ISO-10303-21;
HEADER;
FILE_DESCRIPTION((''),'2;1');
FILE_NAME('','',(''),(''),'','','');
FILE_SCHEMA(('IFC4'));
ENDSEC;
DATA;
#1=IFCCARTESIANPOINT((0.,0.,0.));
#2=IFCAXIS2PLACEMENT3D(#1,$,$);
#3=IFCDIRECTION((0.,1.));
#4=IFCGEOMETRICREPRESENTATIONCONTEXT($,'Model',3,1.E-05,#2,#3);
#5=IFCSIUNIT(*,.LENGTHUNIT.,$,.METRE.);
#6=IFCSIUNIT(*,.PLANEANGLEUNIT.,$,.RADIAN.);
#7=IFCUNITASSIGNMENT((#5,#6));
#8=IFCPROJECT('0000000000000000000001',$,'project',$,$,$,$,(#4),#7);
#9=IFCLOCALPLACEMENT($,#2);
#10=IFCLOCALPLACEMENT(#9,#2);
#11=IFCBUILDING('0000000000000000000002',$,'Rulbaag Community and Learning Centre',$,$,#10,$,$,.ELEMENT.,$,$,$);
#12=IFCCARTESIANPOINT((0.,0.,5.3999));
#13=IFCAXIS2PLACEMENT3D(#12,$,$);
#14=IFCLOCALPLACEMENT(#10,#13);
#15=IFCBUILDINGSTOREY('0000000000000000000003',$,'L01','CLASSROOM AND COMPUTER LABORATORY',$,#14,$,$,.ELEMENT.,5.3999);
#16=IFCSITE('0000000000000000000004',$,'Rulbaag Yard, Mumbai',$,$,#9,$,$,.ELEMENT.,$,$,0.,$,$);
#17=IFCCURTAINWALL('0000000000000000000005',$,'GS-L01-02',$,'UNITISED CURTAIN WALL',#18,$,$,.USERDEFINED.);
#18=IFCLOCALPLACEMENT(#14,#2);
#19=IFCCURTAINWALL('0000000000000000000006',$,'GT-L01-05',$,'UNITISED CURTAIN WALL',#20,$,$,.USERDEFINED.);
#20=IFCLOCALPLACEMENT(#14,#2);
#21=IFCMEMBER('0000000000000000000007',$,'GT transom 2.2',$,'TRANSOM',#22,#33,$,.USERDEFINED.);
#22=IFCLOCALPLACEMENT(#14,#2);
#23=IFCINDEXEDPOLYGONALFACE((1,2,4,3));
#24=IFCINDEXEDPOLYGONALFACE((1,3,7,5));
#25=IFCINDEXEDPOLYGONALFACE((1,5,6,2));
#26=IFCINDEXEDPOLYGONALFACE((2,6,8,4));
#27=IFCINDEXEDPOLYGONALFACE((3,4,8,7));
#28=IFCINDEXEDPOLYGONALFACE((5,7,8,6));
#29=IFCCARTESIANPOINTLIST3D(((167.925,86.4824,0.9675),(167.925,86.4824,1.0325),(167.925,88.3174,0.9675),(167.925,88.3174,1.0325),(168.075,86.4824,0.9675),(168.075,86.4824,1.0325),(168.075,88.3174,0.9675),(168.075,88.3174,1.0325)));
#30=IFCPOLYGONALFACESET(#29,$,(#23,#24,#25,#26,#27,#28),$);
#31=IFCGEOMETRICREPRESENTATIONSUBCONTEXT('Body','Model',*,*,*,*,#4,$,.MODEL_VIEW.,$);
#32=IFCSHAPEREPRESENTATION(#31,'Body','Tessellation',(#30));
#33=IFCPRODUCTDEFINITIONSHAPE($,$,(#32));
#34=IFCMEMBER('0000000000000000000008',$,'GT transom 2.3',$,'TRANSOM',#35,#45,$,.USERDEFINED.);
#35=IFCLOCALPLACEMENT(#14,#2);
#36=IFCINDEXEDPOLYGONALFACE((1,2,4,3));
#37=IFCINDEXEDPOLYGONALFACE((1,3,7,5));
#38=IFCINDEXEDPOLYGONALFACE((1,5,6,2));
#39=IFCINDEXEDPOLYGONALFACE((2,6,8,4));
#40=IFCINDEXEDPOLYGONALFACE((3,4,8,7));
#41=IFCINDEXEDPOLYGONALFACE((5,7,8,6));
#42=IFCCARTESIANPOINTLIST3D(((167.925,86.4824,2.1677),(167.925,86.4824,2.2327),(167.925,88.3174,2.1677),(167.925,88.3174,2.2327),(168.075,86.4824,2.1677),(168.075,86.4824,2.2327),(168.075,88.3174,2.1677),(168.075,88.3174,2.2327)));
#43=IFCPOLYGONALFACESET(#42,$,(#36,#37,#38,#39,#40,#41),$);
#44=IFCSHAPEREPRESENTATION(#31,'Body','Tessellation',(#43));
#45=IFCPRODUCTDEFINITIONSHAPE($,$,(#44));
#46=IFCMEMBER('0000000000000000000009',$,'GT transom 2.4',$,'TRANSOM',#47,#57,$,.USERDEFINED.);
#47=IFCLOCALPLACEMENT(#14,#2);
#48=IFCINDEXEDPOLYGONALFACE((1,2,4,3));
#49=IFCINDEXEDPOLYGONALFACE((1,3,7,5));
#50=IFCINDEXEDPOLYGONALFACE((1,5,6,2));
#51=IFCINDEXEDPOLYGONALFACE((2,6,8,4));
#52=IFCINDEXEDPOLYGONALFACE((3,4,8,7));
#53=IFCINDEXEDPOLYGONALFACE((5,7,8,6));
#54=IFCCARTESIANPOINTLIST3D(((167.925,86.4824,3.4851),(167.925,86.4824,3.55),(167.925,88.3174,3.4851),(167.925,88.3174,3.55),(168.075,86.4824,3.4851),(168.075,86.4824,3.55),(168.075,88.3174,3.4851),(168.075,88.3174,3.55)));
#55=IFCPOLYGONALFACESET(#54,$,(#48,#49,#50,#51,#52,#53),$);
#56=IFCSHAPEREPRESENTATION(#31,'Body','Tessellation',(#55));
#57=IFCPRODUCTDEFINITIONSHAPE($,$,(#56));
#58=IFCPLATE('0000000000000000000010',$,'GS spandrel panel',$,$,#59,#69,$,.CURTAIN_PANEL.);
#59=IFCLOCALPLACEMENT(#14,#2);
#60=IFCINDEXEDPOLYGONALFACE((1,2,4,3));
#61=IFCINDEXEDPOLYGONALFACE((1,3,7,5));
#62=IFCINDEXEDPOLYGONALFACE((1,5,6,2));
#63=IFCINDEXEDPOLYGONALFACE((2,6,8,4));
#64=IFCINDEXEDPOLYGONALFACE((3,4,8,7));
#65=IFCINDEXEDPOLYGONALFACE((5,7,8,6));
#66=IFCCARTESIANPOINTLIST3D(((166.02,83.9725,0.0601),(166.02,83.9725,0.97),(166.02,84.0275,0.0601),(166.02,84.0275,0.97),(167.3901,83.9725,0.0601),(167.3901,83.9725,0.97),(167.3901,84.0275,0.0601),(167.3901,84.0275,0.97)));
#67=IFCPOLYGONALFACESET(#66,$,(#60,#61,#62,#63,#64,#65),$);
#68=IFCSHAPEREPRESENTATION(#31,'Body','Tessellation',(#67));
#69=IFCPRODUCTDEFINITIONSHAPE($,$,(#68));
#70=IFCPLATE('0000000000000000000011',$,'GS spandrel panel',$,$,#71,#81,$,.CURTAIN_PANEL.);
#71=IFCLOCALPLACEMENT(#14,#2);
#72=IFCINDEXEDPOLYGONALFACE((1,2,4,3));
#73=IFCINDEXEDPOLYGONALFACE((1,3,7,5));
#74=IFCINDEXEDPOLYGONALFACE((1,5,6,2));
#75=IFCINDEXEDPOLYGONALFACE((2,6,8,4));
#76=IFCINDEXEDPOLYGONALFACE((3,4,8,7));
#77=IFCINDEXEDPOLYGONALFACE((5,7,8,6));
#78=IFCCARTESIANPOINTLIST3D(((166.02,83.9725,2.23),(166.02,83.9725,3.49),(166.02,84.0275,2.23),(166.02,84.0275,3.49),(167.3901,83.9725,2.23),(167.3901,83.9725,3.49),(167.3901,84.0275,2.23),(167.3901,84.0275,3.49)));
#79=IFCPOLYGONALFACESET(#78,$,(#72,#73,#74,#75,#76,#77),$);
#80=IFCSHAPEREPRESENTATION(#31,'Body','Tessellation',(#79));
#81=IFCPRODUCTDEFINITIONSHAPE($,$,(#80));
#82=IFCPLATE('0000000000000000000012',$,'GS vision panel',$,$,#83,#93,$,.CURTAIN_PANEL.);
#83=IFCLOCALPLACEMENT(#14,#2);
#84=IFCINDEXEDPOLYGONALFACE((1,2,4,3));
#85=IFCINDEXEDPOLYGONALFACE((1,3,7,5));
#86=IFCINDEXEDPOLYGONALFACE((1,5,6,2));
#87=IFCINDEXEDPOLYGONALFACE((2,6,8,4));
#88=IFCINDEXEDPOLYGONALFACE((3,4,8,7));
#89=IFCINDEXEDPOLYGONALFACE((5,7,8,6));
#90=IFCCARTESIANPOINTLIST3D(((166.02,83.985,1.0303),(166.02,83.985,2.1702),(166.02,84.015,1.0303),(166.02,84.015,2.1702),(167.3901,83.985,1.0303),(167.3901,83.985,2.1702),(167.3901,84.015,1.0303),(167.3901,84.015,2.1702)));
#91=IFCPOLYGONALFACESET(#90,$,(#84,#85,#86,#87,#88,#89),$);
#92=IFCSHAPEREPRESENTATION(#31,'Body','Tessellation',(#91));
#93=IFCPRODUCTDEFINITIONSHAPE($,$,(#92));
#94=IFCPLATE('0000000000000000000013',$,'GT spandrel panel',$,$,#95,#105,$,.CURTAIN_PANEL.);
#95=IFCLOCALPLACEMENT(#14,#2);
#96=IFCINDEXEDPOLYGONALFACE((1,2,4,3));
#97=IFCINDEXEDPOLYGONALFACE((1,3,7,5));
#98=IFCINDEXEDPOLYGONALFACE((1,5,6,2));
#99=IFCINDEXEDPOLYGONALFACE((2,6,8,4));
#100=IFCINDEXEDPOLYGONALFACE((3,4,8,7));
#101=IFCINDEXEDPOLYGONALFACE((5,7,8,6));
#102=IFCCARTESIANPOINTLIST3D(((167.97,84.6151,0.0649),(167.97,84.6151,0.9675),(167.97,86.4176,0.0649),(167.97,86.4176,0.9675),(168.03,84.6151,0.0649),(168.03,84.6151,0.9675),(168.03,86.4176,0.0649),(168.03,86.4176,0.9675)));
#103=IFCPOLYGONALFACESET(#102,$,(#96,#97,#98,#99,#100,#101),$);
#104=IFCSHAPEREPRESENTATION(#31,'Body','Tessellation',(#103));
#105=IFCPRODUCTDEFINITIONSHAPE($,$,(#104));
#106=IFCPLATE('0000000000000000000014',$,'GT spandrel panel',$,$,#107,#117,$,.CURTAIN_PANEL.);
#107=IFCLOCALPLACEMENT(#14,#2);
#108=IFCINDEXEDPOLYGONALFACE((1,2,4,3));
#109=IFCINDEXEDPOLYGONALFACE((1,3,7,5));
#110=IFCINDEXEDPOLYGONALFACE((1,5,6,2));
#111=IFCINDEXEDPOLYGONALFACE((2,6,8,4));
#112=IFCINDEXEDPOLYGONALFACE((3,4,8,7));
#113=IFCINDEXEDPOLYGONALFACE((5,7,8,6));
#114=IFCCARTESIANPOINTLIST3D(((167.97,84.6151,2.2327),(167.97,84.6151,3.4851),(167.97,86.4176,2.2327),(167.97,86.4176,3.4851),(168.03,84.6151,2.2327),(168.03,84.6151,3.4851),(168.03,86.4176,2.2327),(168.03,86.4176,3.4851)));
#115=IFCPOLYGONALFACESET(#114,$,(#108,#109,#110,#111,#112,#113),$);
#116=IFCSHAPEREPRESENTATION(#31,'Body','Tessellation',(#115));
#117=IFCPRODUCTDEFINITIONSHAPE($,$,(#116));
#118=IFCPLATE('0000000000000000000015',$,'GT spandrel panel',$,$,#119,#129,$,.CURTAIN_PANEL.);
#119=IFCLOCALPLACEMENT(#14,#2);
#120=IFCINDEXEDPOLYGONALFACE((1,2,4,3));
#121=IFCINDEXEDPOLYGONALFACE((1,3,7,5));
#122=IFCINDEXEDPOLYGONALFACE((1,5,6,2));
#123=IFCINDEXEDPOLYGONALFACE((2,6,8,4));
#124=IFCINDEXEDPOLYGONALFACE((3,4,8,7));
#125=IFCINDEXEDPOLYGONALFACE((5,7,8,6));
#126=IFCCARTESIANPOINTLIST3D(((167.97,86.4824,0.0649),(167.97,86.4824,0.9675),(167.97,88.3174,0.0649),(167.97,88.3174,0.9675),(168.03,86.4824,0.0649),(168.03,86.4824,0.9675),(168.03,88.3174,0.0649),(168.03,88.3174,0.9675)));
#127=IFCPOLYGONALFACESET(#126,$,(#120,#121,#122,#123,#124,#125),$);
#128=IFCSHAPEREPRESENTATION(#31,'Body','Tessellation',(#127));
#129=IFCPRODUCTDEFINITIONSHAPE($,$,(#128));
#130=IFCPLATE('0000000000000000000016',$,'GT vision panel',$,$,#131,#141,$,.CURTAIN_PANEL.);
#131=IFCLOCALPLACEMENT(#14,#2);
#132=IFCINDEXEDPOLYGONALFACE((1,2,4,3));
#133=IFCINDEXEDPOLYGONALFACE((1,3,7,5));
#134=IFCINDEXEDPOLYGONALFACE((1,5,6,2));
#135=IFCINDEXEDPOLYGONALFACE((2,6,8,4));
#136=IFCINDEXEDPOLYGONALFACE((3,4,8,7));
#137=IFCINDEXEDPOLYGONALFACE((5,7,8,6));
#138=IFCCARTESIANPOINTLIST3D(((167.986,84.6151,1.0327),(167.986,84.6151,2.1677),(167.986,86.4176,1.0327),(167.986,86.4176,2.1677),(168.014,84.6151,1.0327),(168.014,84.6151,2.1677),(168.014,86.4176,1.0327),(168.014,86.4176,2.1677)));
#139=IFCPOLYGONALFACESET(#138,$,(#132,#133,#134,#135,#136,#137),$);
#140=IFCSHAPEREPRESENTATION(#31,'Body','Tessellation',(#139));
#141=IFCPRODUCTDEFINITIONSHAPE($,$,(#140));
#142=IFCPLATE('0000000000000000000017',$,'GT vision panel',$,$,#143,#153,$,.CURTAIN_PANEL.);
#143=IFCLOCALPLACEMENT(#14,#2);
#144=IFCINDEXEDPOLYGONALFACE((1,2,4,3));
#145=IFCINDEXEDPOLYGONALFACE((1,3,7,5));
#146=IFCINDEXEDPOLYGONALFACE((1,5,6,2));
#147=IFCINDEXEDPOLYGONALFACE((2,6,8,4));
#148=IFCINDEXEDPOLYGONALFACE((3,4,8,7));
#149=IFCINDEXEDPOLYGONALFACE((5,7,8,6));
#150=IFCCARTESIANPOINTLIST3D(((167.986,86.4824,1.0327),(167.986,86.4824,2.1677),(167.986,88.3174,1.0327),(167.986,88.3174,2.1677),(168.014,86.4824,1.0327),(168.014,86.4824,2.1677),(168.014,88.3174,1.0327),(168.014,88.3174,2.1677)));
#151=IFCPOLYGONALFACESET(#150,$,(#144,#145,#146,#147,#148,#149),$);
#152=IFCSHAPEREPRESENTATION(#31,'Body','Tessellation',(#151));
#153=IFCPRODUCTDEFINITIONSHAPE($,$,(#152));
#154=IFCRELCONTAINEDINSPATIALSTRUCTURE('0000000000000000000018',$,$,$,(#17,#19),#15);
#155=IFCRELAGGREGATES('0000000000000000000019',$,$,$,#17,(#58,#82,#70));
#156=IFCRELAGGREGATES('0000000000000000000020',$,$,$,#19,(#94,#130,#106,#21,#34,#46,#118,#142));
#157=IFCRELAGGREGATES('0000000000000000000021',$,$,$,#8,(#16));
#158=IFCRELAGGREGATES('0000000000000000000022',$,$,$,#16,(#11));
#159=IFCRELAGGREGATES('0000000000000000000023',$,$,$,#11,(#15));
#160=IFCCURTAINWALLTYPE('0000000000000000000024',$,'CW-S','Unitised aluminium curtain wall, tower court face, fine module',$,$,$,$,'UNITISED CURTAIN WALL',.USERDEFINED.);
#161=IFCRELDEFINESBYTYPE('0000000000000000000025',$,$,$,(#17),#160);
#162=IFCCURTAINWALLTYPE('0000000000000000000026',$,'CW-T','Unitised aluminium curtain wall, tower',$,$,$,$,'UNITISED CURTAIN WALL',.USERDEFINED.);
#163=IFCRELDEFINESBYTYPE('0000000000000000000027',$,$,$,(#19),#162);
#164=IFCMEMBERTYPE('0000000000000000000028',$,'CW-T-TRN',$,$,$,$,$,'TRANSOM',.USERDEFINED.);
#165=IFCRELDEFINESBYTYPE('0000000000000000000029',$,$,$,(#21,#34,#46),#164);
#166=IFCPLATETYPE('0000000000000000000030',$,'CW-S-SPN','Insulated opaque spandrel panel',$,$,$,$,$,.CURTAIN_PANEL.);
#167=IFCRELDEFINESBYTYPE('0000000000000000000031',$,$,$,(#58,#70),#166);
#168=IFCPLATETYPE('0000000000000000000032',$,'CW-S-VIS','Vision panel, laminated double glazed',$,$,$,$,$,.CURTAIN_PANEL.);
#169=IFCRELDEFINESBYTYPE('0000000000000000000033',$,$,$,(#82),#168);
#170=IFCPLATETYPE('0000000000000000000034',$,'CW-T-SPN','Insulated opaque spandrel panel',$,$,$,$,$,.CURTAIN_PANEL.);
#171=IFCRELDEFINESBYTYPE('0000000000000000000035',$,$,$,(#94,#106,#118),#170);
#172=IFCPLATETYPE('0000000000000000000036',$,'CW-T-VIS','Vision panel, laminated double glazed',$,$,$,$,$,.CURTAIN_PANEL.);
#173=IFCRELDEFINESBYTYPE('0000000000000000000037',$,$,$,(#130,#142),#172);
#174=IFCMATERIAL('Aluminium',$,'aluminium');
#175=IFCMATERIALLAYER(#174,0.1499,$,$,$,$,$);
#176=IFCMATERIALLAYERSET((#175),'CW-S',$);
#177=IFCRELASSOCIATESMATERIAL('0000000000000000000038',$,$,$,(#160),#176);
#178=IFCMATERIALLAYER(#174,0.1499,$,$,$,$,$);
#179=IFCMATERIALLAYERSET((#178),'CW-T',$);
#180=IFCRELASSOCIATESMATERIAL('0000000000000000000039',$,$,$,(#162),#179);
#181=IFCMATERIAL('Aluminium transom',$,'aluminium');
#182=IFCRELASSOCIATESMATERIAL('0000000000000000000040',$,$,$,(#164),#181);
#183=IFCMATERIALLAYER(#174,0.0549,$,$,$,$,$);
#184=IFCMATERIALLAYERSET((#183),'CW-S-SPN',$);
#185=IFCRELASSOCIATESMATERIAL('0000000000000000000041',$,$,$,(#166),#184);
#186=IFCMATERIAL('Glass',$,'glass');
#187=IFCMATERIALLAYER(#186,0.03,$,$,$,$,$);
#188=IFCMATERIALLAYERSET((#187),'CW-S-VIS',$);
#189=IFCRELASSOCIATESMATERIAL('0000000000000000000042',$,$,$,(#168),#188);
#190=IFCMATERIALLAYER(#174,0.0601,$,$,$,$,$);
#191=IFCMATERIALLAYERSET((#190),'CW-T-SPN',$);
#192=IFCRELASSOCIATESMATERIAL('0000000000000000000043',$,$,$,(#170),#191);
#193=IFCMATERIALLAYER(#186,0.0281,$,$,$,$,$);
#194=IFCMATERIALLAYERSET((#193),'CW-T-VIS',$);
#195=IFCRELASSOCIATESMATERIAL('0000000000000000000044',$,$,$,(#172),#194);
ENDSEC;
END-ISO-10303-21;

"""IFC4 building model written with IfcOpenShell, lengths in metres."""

from ifc_helpers import new_model, si_unit, direction, frame, origin, origin_2d, place, context, subcontext, project, spatial, rectangle, extrude, material, layer, layer_set, material_profile, profile_set, type_object, element, aggregate, save


model = new_model("IFC4")

# Units and contexts
model_context = context("Model", 3, precision=1e-05, world=origin(), true_north=direction((0.0, 1.0)))
body_context = subcontext(model_context, "Body", "Model", "MODEL_VIEW")
ifc_project = project(units=[si_unit("LENGTHUNIT", "METRE"), si_unit("PLANEANGLEUNIT", "RADIAN")], contexts=[model_context])

# Site, building, storey
site_placement = place(None, origin())
site = spatial("IfcSite", under=ifc_project, at=site_placement, Name="Rulbaag Yard, Mumbai", CompositionType="ELEMENT", RefElevation=0.0)
building_placement = place(site_placement, origin())
building = spatial("IfcBuilding", under=site, at=building_placement, Name="Rulbaag Community and Learning Centre", CompositionType="ELEMENT")
storey_placement = place(building_placement, frame((0.0, 0.0, 5.3999)))
storey = spatial("IfcBuildingStorey", under=building, at=storey_placement, Name="L01", Description="CLASSROOM AND COMPUTER LABORATORY", CompositionType="ELEMENT", Elevation=5.3999)

# Curtain walls, members
ifc_material_1 = material(Name="Aluminium", Category="aluminium")
ifc_layer_1 = layer(ifc_material_1, 0.1499)
ifc_layer_set_1 = layer_set([ifc_layer_1], Name="CW-S")
curtain_wall_type_1 = type_object("IfcCurtainWallType", Name="CW-S", Description="Unitised aluminium curtain wall, tower court face, fine module", ElementType="UNITISED CURTAIN WALL", PredefinedType="USERDEFINED", material=ifc_layer_set_1)
curtain_wall_1_placement = place(storey_placement, origin())
curtain_wall_1 = element("IfcCurtainWall", 1, at=curtain_wall_1_placement, inside=storey, type_object=curtain_wall_type_1, Name="GS-L01-02", ObjectType="UNITISED CURTAIN WALL", PredefinedType="USERDEFINED")
ifc_material_2 = material(Name="Aluminium transom", Category="aluminium")
ifc_layer_2 = layer(ifc_material_1, 0.1499)
ifc_layer_set_2 = layer_set([ifc_layer_2], Name="CW-T")
curtain_wall_type_2 = type_object("IfcCurtainWallType", Name="CW-T", Description="Unitised aluminium curtain wall, tower", ElementType="UNITISED CURTAIN WALL", PredefinedType="USERDEFINED", material=ifc_layer_set_2)
curtain_wall_2_placement = place(storey_placement, origin())
curtain_wall_2 = element("IfcCurtainWall", 2, at=curtain_wall_2_placement, inside=storey, type_object=curtain_wall_type_2, Name="GT-L01-05", ObjectType="UNITISED CURTAIN WALL", PredefinedType="USERDEFINED")
ifc_material_profile_1 = material_profile(ifc_material_2, rectangle(XDim=0.1499, YDim=0.0649, at=origin_2d()), Name="AL 65x150 T")
ifc_profile_set_1 = profile_set([ifc_material_profile_1], Name="Aluminium transom")
member_type_1 = type_object("IfcMemberType", Name="CW-T-TRN", ElementType="TRANSOM", PredefinedType="USERDEFINED", material=ifc_profile_set_1)
member_1_placement = place(storey_placement, frame((168.0, 86.4824, 1.0), z_axis=(0.0, 1.0, 0.0), x_axis=(-1.0, 0.0, 0.0)))
member_1 = element("IfcMember", 3, at=member_1_placement, type_object=member_type_1, Name="GT transom 2.2", ObjectType="TRANSOM", PredefinedType="USERDEFINED", context=body_context, shape_type="SweptSolid", body=[
    extrude(rectangle(XDim=0.1499, YDim=0.0649, at=origin_2d()), origin(), (0.0, 0.0, 1.0), 1.835),
])
member_2_placement = place(storey_placement, frame((168.0, 86.4824, 2.2002), z_axis=(0.0, 1.0, 0.0), x_axis=(-1.0, 0.0, 0.0)))
member_2 = element("IfcMember", 4, at=member_2_placement, type_object=member_type_1, Name="GT transom 2.3", ObjectType="TRANSOM", PredefinedType="USERDEFINED", context=body_context, shape_type="SweptSolid", body=[
    extrude(rectangle(XDim=0.1499, YDim=0.0649, at=origin_2d()), origin(), (0.0, 0.0, 1.0), 1.835),
])
member_3_placement = place(storey_placement, frame((168.0, 86.4824, 3.5176), z_axis=(0.0, 1.0, 0.0), x_axis=(-1.0, 0.0, 0.0)))
member_3 = element("IfcMember", 5, at=member_3_placement, type_object=member_type_1, Name="GT transom 2.4", ObjectType="TRANSOM", PredefinedType="USERDEFINED", context=body_context, shape_type="SweptSolid", body=[
    extrude(rectangle(XDim=0.1499, YDim=0.0649, at=origin_2d()), origin(), (0.0, 0.0, 1.0), 1.835),
])

# Plates
ifc_layer_3 = layer(ifc_material_1, 0.0549)
ifc_layer_set_3 = layer_set([ifc_layer_3], Name="CW-S-SPN")
plate_type_1 = type_object("IfcPlateType", Name="CW-S-SPN", Description="Insulated opaque spandrel panel", PredefinedType="CURTAIN_PANEL", material=ifc_layer_set_3)
plate_1_placement = place(storey_placement, frame((166.7051, 84.0, 0.0601), z_axis=(0.0, 0.0, 1.0), x_axis=(1.0, 0.0, 0.0)))
plate_1 = element("IfcPlate", 6, at=plate_1_placement, type_object=plate_type_1, Name="GS spandrel panel", PredefinedType="CURTAIN_PANEL", context=body_context, shape_type="SweptSolid", body=[
    extrude(rectangle(XDim=1.3701, YDim=0.0549, at=origin_2d()), origin(), (0.0, 0.0, 1.0), 0.9099),
])
plate_2_placement = place(storey_placement, frame((166.7051, 84.0, 2.23), z_axis=(0.0, 0.0, 1.0), x_axis=(1.0, 0.0, 0.0)))
plate_2 = element("IfcPlate", 7, at=plate_2_placement, type_object=plate_type_1, Name="GS spandrel panel", PredefinedType="CURTAIN_PANEL", context=body_context, shape_type="SweptSolid", body=[
    extrude(rectangle(XDim=1.3701, YDim=0.0549, at=origin_2d()), origin(), (0.0, 0.0, 1.0), 1.26),
])
ifc_material_3 = material(Name="Glass", Category="glass")
ifc_layer_4 = layer(ifc_material_3, 0.03)
ifc_layer_set_4 = layer_set([ifc_layer_4], Name="CW-S-VIS")
plate_type_2 = type_object("IfcPlateType", Name="CW-S-VIS", Description="Vision panel, laminated double glazed", PredefinedType="CURTAIN_PANEL", material=ifc_layer_set_4)
plate_3_placement = place(storey_placement, frame((166.7051, 84.0, 1.0303), z_axis=(0.0, 0.0, 1.0), x_axis=(1.0, 0.0, 0.0)))
plate_3 = element("IfcPlate", 8, at=plate_3_placement, type_object=plate_type_2, Name="GS vision panel", PredefinedType="CURTAIN_PANEL", context=body_context, shape_type="SweptSolid", body=[
    extrude(rectangle(XDim=1.3701, YDim=0.03, at=origin_2d()), origin(), (0.0, 0.0, 1.0), 1.1399),
])
aggregate(curtain_wall_1, [plate_1, plate_3, plate_2])
ifc_layer_5 = layer(ifc_material_1, 0.0601)
ifc_layer_set_5 = layer_set([ifc_layer_5], Name="CW-T-SPN")
plate_type_3 = type_object("IfcPlateType", Name="CW-T-SPN", Description="Insulated opaque spandrel panel", PredefinedType="CURTAIN_PANEL", material=ifc_layer_set_5)
plate_4_placement = place(storey_placement, frame((168.0, 85.5164, 0.0649), z_axis=(0.0, 0.0, 1.0), x_axis=(0.0, 1.0, 0.0)))
plate_4 = element("IfcPlate", 9, at=plate_4_placement, type_object=plate_type_3, Name="GT spandrel panel", PredefinedType="CURTAIN_PANEL", context=body_context, shape_type="SweptSolid", body=[
    extrude(rectangle(XDim=1.8025, YDim=0.0601, at=origin_2d()), origin(), (0.0, 0.0, 1.0), 0.9026),
])
plate_5_placement = place(storey_placement, frame((168.0, 85.5164, 2.2327), z_axis=(0.0, 0.0, 1.0), x_axis=(0.0, 1.0, 0.0)))
plate_5 = element("IfcPlate", 10, at=plate_5_placement, type_object=plate_type_3, Name="GT spandrel panel", PredefinedType="CURTAIN_PANEL", context=body_context, shape_type="SweptSolid", body=[
    extrude(rectangle(XDim=1.8025, YDim=0.0601, at=origin_2d()), origin(), (0.0, 0.0, 1.0), 1.2524),
])
plate_6_placement = place(storey_placement, frame((168.0, 87.3999, 0.0649), z_axis=(0.0, 0.0, 1.0), x_axis=(0.0, 1.0, 0.0)))
plate_6 = element("IfcPlate", 11, at=plate_6_placement, type_object=plate_type_3, Name="GT spandrel panel", PredefinedType="CURTAIN_PANEL", context=body_context, shape_type="SweptSolid", body=[
    extrude(rectangle(XDim=1.835, YDim=0.0601, at=origin_2d()), origin(), (0.0, 0.0, 1.0), 0.9026),
])
ifc_layer_6 = layer(ifc_material_3, 0.0281)
ifc_layer_set_6 = layer_set([ifc_layer_6], Name="CW-T-VIS")
plate_type_4 = type_object("IfcPlateType", Name="CW-T-VIS", Description="Vision panel, laminated double glazed", PredefinedType="CURTAIN_PANEL", material=ifc_layer_set_6)
plate_7_placement = place(storey_placement, frame((168.0, 85.5164, 1.0327), z_axis=(0.0, 0.0, 1.0), x_axis=(0.0, 1.0, 0.0)))
plate_7 = element("IfcPlate", 12, at=plate_7_placement, type_object=plate_type_4, Name="GT vision panel", PredefinedType="CURTAIN_PANEL", context=body_context, shape_type="SweptSolid", body=[
    extrude(rectangle(XDim=1.8025, YDim=0.0281, at=origin_2d()), origin(), (0.0, 0.0, 1.0), 1.135),
])
plate_8_placement = place(storey_placement, frame((168.0, 87.3999, 1.0327), z_axis=(0.0, 0.0, 1.0), x_axis=(0.0, 1.0, 0.0)))
plate_8 = element("IfcPlate", 13, at=plate_8_placement, type_object=plate_type_4, Name="GT vision panel", PredefinedType="CURTAIN_PANEL", context=body_context, shape_type="SweptSolid", body=[
    extrude(rectangle(XDim=1.835, YDim=0.0281, at=origin_2d()), origin(), (0.0, 0.0, 1.0), 1.135),
])
aggregate(curtain_wall_2, [plate_4, plate_7, plate_5, member_1, member_2, member_3, plate_6, plate_8])

save(model, "model.ifc")
